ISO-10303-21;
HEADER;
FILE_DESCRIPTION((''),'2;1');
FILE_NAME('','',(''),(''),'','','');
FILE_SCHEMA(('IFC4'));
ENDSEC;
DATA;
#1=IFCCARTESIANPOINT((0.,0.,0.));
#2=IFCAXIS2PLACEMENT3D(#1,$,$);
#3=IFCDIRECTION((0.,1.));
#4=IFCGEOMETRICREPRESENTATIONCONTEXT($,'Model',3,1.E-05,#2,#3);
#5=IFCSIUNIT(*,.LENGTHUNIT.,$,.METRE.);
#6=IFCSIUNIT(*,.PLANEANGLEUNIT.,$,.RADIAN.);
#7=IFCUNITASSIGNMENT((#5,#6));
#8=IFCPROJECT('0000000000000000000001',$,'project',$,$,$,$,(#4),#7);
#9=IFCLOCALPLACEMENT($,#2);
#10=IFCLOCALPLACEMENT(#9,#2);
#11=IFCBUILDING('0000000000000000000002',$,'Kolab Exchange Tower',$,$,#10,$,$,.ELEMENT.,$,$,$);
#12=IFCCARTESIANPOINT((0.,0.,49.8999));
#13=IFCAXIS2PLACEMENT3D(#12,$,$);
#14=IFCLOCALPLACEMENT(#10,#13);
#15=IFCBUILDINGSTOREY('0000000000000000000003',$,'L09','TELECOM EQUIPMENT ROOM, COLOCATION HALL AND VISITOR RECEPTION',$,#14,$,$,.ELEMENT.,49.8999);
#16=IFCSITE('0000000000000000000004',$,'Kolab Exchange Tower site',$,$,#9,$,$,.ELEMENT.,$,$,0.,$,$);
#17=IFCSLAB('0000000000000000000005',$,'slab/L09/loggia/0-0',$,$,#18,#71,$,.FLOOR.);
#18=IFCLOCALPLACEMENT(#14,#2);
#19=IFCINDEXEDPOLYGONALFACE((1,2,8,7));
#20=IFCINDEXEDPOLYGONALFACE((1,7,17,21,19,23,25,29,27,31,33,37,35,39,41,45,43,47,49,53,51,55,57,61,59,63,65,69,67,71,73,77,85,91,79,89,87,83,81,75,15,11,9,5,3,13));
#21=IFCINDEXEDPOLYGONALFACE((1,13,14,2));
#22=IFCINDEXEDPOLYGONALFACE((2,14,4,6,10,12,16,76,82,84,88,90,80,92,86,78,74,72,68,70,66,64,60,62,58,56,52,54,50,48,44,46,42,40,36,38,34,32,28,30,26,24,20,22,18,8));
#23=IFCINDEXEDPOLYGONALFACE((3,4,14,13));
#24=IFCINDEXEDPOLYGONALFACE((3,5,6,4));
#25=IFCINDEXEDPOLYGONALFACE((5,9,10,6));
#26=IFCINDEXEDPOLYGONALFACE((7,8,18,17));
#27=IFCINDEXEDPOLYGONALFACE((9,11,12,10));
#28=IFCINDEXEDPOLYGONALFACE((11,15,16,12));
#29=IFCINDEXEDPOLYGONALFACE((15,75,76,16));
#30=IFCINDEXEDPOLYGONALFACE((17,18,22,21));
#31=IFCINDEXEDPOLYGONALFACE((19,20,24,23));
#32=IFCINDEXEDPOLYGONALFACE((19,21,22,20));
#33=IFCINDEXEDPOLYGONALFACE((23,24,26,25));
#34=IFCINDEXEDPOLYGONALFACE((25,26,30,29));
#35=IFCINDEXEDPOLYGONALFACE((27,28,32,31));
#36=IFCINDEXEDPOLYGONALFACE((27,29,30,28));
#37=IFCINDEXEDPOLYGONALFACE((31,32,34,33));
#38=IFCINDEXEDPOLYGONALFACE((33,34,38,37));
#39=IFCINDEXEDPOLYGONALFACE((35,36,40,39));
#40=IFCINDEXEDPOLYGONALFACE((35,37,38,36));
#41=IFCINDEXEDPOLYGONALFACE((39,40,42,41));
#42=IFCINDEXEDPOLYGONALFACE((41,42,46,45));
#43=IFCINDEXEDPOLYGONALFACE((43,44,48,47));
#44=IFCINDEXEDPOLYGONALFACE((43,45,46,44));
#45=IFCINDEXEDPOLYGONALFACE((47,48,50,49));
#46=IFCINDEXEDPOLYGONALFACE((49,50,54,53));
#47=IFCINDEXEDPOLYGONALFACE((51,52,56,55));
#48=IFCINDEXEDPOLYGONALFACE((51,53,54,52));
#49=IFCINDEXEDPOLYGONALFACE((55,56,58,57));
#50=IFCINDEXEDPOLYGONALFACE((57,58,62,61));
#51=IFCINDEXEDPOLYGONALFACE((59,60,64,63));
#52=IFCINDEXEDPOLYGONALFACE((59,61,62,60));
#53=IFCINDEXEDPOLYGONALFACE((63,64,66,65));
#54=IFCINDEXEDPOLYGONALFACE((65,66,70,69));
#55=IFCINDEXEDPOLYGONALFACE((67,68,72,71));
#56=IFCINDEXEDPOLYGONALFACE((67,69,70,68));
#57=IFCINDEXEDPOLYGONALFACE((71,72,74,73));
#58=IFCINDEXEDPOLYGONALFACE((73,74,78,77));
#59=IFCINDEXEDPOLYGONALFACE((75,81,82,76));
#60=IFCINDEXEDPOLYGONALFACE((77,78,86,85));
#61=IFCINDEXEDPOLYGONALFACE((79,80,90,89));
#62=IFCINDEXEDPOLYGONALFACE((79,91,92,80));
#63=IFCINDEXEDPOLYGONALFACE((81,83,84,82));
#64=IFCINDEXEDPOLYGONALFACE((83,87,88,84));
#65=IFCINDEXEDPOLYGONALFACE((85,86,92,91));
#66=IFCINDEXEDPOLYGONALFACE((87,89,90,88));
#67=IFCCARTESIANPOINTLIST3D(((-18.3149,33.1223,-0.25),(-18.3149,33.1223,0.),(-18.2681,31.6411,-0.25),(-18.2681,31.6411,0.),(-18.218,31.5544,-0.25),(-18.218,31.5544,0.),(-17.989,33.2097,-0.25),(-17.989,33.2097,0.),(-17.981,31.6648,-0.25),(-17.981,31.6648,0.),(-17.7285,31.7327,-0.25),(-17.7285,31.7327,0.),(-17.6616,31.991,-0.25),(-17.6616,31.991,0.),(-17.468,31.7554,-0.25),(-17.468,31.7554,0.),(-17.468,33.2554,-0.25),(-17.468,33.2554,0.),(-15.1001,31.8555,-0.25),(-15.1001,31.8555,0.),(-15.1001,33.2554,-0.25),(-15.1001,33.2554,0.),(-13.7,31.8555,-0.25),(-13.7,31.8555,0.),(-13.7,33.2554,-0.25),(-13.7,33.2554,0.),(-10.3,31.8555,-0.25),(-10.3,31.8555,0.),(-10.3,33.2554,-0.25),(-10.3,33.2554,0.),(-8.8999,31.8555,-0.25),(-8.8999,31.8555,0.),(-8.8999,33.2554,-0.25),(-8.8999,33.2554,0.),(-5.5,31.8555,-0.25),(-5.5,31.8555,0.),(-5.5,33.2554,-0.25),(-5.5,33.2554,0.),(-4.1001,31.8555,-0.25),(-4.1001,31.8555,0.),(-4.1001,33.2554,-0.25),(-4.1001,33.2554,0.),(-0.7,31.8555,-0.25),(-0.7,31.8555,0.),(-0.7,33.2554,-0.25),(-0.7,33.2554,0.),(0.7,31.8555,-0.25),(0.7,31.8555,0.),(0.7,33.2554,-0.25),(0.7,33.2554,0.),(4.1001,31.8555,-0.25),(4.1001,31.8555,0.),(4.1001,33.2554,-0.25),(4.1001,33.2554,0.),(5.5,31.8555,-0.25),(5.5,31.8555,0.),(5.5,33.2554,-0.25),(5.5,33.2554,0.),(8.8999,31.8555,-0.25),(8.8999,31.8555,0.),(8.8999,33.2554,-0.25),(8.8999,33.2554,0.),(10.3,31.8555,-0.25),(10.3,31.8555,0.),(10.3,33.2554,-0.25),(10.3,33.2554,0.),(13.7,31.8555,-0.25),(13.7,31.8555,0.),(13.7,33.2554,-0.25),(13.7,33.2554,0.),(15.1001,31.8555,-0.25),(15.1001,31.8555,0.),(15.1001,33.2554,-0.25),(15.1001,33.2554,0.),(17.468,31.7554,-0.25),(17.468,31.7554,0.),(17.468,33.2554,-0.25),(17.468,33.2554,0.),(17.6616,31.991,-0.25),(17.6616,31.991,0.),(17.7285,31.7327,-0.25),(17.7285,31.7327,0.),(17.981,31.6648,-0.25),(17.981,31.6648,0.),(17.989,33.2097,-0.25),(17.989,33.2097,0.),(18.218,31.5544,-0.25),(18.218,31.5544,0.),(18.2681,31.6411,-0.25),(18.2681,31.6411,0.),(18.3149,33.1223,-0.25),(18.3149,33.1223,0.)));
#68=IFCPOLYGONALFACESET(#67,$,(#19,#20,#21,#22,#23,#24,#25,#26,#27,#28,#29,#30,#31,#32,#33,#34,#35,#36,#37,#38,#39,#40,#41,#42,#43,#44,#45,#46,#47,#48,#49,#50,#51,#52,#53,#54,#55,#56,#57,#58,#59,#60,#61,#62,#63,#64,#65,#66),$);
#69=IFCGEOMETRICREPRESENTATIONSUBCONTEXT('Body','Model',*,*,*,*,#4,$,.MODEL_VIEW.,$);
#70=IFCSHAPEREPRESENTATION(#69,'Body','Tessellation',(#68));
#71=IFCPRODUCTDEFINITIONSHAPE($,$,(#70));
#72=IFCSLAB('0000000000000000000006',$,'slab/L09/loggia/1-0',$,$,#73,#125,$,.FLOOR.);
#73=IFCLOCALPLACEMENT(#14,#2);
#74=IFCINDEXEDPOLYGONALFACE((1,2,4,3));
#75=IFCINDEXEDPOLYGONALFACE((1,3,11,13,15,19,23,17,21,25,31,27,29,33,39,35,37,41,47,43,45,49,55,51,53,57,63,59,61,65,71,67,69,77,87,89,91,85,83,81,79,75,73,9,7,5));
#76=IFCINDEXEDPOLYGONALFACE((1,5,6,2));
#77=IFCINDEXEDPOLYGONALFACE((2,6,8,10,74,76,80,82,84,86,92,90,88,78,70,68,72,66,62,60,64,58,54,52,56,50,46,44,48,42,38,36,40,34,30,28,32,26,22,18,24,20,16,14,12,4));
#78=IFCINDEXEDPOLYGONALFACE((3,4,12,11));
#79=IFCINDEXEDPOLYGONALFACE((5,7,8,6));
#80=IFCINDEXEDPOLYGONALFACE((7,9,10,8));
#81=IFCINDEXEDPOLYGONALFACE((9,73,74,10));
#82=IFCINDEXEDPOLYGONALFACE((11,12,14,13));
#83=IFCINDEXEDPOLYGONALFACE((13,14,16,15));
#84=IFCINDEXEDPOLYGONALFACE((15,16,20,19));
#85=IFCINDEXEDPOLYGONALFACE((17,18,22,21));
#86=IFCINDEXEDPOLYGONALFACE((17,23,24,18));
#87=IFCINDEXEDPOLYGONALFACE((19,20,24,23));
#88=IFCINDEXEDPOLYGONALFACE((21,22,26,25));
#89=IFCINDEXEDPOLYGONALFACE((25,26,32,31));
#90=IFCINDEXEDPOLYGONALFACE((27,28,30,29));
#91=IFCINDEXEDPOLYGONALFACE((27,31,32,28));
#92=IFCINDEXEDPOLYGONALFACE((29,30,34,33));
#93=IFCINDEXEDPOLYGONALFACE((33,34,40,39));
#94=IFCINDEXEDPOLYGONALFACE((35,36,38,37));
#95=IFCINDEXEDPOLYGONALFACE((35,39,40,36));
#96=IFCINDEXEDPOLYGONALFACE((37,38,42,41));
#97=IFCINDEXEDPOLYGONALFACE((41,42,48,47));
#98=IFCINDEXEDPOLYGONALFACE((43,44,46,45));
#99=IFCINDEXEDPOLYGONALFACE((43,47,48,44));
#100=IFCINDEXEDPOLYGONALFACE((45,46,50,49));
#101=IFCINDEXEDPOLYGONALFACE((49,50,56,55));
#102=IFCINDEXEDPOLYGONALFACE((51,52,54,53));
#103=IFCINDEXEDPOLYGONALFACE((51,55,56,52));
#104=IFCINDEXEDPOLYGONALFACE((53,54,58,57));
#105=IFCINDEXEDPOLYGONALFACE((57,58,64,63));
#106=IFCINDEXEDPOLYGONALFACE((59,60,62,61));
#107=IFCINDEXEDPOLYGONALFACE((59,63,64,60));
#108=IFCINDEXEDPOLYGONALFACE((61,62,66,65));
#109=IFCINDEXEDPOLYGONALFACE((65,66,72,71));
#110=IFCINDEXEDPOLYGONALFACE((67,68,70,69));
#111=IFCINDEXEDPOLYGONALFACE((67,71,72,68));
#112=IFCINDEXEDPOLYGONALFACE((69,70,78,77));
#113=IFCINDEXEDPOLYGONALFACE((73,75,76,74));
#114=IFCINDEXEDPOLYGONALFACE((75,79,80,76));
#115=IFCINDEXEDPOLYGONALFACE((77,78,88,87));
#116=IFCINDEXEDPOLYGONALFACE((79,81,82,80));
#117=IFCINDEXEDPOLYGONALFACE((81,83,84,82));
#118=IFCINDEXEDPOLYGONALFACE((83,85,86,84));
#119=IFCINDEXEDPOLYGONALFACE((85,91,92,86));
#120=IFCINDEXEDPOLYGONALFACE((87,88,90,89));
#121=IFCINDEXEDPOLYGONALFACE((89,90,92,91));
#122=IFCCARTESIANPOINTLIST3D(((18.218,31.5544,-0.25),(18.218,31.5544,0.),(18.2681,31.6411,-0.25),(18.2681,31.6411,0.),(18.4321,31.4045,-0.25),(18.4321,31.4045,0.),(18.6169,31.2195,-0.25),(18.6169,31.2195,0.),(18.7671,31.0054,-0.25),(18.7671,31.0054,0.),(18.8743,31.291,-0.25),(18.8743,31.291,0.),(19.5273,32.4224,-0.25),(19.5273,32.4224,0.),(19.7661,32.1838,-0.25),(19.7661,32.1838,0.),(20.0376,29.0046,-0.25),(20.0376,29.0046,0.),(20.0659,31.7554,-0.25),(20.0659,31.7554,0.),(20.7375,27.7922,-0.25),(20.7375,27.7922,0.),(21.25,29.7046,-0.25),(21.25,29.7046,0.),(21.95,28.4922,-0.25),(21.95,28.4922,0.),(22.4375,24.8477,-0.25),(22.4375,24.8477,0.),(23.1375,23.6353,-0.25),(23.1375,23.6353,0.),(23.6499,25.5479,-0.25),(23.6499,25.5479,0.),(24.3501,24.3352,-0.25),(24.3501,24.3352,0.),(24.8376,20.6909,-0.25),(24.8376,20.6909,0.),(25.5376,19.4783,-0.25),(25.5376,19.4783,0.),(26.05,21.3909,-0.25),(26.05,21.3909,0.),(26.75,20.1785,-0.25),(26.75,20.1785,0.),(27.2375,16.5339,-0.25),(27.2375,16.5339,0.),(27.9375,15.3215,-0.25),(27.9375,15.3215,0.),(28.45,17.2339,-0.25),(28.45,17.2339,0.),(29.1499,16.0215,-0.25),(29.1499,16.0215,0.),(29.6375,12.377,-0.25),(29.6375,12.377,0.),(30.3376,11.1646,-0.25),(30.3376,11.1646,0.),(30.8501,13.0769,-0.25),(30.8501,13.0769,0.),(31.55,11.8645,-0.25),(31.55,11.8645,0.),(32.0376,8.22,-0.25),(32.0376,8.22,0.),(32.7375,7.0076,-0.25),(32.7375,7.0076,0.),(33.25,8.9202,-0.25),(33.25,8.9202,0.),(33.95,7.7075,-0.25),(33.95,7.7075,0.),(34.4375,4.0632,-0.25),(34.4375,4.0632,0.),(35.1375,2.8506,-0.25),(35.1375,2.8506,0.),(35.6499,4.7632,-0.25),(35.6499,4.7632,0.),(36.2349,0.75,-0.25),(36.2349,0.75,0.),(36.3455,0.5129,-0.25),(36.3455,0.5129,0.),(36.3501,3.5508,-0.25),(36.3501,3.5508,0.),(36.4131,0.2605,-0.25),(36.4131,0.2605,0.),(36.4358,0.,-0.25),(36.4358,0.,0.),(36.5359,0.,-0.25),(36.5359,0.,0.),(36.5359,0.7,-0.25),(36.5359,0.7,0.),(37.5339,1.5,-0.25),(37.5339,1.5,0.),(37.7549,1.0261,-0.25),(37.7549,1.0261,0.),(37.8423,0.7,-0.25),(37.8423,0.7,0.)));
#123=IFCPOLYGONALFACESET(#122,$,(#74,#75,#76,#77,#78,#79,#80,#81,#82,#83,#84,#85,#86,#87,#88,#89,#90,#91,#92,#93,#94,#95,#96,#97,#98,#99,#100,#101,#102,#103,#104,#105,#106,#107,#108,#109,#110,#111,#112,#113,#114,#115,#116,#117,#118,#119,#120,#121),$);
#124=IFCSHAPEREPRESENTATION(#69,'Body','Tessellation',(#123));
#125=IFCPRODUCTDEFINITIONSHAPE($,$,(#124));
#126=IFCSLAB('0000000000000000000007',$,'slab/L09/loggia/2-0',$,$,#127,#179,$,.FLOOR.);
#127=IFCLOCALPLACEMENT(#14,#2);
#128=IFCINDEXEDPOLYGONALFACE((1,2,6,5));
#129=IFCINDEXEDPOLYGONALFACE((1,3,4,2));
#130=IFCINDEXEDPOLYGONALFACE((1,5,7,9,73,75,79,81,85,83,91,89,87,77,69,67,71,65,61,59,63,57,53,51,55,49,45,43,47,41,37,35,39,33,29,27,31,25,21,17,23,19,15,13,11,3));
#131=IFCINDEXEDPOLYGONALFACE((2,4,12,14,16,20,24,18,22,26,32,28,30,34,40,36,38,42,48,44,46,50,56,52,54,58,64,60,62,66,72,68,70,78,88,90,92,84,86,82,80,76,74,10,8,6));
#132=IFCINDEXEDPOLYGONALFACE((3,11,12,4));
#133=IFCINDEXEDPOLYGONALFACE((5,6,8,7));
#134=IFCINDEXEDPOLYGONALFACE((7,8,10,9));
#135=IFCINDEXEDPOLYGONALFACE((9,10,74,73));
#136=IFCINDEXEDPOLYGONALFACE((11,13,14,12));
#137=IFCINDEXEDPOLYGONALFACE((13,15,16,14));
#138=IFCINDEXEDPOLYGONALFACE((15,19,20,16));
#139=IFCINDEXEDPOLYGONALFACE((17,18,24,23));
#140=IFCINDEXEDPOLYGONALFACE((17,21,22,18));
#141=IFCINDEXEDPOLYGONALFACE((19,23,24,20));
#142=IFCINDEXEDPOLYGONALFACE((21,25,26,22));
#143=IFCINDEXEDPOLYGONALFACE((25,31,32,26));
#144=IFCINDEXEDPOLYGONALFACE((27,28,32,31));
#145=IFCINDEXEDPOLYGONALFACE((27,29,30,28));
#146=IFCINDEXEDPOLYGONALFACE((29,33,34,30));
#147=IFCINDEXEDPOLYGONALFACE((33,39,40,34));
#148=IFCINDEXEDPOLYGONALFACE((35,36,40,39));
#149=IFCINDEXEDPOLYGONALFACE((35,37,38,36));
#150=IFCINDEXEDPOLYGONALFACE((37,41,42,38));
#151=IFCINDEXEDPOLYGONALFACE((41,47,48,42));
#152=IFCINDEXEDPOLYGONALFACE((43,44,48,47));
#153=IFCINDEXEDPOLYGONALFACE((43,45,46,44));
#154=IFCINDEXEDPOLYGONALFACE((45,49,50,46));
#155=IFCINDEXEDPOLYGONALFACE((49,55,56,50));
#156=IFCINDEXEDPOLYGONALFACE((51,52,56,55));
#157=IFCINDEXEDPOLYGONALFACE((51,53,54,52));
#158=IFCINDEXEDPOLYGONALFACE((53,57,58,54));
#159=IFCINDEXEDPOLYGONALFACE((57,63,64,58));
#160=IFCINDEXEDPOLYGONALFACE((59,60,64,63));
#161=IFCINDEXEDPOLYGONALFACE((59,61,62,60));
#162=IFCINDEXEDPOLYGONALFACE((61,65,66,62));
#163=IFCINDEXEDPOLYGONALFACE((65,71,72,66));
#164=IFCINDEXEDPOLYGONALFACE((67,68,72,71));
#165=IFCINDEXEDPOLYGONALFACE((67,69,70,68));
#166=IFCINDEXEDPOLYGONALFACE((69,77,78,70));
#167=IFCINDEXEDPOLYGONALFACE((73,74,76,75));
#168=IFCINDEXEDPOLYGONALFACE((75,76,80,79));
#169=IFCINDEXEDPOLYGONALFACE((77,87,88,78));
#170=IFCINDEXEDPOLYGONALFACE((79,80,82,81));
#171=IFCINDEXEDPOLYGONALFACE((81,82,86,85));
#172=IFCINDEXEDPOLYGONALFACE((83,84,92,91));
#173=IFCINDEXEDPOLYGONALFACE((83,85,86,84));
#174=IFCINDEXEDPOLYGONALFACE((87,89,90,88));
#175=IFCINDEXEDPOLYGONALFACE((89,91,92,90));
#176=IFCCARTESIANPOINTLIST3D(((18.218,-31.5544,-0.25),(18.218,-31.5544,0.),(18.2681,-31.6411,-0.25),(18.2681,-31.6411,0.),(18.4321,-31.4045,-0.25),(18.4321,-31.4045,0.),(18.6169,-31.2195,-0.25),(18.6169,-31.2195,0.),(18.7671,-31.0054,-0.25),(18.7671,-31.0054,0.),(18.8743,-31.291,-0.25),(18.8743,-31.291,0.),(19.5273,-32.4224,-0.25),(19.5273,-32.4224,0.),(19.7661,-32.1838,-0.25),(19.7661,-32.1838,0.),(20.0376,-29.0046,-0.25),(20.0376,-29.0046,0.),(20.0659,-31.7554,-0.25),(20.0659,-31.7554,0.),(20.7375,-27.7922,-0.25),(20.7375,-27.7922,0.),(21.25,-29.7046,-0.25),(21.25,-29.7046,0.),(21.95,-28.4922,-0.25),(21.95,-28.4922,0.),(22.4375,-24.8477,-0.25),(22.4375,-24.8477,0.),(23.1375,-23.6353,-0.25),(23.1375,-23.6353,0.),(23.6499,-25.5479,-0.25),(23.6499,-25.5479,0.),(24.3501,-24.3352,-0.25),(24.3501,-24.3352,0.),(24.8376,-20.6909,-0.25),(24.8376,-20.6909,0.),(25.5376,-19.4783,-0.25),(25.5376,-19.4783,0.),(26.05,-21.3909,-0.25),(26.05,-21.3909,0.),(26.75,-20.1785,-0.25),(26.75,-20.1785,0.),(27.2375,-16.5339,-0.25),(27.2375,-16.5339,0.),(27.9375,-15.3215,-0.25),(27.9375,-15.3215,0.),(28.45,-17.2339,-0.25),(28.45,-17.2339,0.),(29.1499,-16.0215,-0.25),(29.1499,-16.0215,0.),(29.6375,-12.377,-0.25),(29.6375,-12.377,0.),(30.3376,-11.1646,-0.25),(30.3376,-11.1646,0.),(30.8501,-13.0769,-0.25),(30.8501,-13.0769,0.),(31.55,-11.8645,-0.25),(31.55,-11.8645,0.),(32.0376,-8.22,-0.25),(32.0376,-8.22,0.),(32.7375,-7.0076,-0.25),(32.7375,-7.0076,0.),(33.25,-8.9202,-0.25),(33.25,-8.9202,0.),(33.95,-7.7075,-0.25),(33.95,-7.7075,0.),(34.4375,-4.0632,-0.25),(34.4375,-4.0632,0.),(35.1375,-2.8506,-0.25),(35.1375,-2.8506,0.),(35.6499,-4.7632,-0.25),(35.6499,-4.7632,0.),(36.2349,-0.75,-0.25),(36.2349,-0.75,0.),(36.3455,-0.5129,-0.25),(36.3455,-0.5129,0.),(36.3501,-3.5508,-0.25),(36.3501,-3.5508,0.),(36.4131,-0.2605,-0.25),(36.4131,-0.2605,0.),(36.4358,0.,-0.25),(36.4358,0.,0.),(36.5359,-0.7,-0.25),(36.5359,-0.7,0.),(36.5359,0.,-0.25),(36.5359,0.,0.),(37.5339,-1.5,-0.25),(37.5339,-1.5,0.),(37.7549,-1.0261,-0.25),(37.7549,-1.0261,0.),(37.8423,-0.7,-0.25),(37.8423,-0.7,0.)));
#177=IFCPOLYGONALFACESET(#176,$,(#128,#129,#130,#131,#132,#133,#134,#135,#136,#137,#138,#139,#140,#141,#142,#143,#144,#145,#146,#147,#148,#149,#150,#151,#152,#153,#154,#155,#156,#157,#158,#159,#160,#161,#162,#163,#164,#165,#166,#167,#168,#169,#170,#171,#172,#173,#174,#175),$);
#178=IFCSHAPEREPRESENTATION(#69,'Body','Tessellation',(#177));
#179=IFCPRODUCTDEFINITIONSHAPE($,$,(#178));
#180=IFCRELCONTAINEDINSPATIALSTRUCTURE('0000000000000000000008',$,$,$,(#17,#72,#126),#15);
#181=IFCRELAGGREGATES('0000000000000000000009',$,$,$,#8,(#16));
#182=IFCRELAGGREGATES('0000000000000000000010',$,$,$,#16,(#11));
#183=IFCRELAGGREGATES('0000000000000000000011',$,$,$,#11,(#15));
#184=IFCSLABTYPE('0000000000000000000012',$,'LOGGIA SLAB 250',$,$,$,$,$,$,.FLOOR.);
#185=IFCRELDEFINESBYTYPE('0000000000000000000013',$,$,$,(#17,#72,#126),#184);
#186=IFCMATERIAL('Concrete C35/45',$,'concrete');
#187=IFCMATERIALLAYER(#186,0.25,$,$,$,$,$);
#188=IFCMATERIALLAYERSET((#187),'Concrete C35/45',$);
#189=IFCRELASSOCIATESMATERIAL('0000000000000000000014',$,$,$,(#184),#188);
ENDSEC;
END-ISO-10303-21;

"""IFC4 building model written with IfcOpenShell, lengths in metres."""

from ifc_helpers import new_model, si_unit, direction, frame, origin, place, context, subcontext, project, spatial, polyline, outline, extrude, material, layer, layer_set, type_object, element, save


model = new_model("IFC4")

# Units and contexts
model_context = context("Model", 3, precision=1e-05, world=origin(), true_north=direction((0.0, 1.0)))
body_context = subcontext(model_context, "Body", "Model", "MODEL_VIEW")
ifc_project = project(units=[si_unit("LENGTHUNIT", "METRE"), si_unit("PLANEANGLEUNIT", "RADIAN")], contexts=[model_context])

# Site, building, storey
site_placement = place(None, origin())
site = spatial("IfcSite", under=ifc_project, at=site_placement, Name="Kolab Exchange Tower site", CompositionType="ELEMENT", RefElevation=0.0)
building_placement = place(site_placement, origin())
building = spatial("IfcBuilding", under=site, at=building_placement, Name="Kolab Exchange Tower", CompositionType="ELEMENT")
storey_placement = place(building_placement, frame((0.0, 0.0, 49.8999)))
storey = spatial("IfcBuildingStorey", under=building, at=storey_placement, Name="L09", Description="TELECOM EQUIPMENT ROOM, COLOCATION HALL AND VISITOR RECEPTION", CompositionType="ELEMENT", Elevation=49.8999)

# Slabs
ifc_material = material(Name="Concrete C35/45", Category="concrete")
ifc_layer_1 = layer(ifc_material, 0.25)
ifc_layer_set_1 = layer_set([ifc_layer_1], Name="Concrete C35/45")
slab_type_1 = type_object("IfcSlabType", Name="LOGGIA SLAB 250", PredefinedType="FLOOR", material=ifc_layer_set_1)
slab_1_placement = place(storey_placement, frame((0.0, 0.0, -0.25)))
element("IfcSlab", 1, at=slab_1_placement, inside=storey, type_object=slab_type_1, Name="slab/L09/loggia/0-0", PredefinedType="FLOOR", context=body_context, shape_type="SweptSolid", body=[
    extrude(outline(polyline([(18.218, 31.5544), (18.2681, 31.6411), (17.6616, 31.991), (18.3149, 33.1223), (17.989, 33.2097), (17.468, 33.2554), (15.1001, 33.2554), (15.1001, 31.8555), (13.7, 31.8555), (13.7, 33.2554), (10.3, 33.2554), (10.3, 31.8555), (8.8999, 31.8555), (8.8999, 33.2554), (5.5, 33.2554), (5.5, 31.8555), (4.1001, 31.8555), (4.1001, 33.2554), (0.7, 33.2554), (0.7, 31.8555), (-0.7, 31.8555), (-0.7, 33.2554), (-4.1001, 33.2554), (-4.1001, 31.8555), (-5.5, 31.8555), (-5.5, 33.2554), (-8.8999, 33.2554), (-8.8999, 31.8555), (-10.3, 31.8555), (-10.3, 33.2554), (-13.7, 33.2554), (-13.7, 31.8555), (-15.1001, 31.8555), (-15.1001, 33.2554), (-17.468, 33.2554), (-17.989, 33.2097), (-18.3149, 33.1223), (-17.6616, 31.991), (-18.2681, 31.6411), (-18.218, 31.5544), (-17.981, 31.6648), (-17.7285, 31.7327), (-17.468, 31.7554), (17.468, 31.7554), (17.7285, 31.7327), (17.981, 31.6648), (18.218, 31.5544)])), origin(), (0.0, 0.0, 1.0), 0.25),
])
slab_2_placement = place(storey_placement, frame((0.0, 0.0, -0.25)))
element("IfcSlab", 2, at=slab_2_placement, inside=storey, type_object=slab_type_1, Name="slab/L09/loggia/1-0", PredefinedType="FLOOR", context=body_context, shape_type="SweptSolid", body=[
    extrude(outline(polyline([(36.4358, 0.0), (36.5359, 0.0), (36.5359, 0.7), (37.8423, 0.7), (37.7549, 1.0261), (37.5339, 1.5), (36.3501, 3.5508), (35.1375, 2.8506), (34.4375, 4.0632), (35.6499, 4.7632), (33.95, 7.7075), (32.7375, 7.0076), (32.0376, 8.22), (33.25, 8.9202), (31.55, 11.8645), (30.3376, 11.1646), (29.6375, 12.377), (30.8501, 13.0769), (29.1499, 16.0215), (27.9375, 15.3215), (27.2375, 16.5339), (28.45, 17.2339), (26.75, 20.1785), (25.5376, 19.4783), (24.8376, 20.6909), (26.05, 21.3909), (24.3501, 24.3352), (23.1375, 23.6353), (22.4375, 24.8477), (23.6499, 25.5479), (21.95, 28.4922), (20.7375, 27.7922), (20.0376, 29.0046), (21.25, 29.7046), (20.0659, 31.7554), (19.7661, 32.1838), (19.5273, 32.4224), (18.8743, 31.291), (18.2681, 31.6411), (18.218, 31.5544), (18.4321, 31.4045), (18.6169, 31.2195), (18.7671, 31.0054), (36.2349, 0.75), (36.3455, 0.5129), (36.4131, 0.2605), (36.4358, 0.0)])), origin(), (0.0, 0.0, 1.0), 0.25),
])
slab_3_placement = place(storey_placement, frame((0.0, 0.0, -0.25)))
element("IfcSlab", 3, at=slab_3_placement, inside=storey, type_object=slab_type_1, Name="slab/L09/loggia/2-0", PredefinedType="FLOOR", context=body_context, shape_type="SweptSolid", body=[
    extrude(outline(polyline([(20.0659, -31.7554), (21.25, -29.7046), (20.0376, -29.0046), (20.7375, -27.7922), (21.95, -28.4922), (23.6499, -25.5479), (22.4375, -24.8477), (23.1375, -23.6353), (24.3501, -24.3352), (26.05, -21.3909), (24.8376, -20.6909), (25.5376, -19.4783), (26.75, -20.1785), (28.45, -17.2339), (27.2375, -16.5339), (27.9375, -15.3215), (29.1499, -16.0215), (30.8501, -13.0769), (29.6375, -12.377), (30.3376, -11.1646), (31.55, -11.8645), (33.25, -8.9202), (32.0376, -8.22), (32.7375, -7.0076), (33.95, -7.7075), (35.6499, -4.7632), (34.4375, -4.0632), (35.1375, -2.8506), (36.3501, -3.5508), (37.5339, -1.5), (37.7549, -1.0261), (37.8423, -0.7), (36.5359, -0.7), (36.5359, 0.0), (36.4358, 0.0), (36.4131, -0.2605), (36.3455, -0.5129), (36.2349, -0.75), (18.7671, -31.0054), (18.6169, -31.2195), (18.4321, -31.4045), (18.218, -31.5544), (18.2681, -31.6411), (18.8743, -31.291), (19.5273, -32.4224), (19.7661, -32.1838), (20.0659, -31.7554)])), origin(), (0.0, 0.0, 1.0), 0.25),
])

save(model, "model.ifc")
